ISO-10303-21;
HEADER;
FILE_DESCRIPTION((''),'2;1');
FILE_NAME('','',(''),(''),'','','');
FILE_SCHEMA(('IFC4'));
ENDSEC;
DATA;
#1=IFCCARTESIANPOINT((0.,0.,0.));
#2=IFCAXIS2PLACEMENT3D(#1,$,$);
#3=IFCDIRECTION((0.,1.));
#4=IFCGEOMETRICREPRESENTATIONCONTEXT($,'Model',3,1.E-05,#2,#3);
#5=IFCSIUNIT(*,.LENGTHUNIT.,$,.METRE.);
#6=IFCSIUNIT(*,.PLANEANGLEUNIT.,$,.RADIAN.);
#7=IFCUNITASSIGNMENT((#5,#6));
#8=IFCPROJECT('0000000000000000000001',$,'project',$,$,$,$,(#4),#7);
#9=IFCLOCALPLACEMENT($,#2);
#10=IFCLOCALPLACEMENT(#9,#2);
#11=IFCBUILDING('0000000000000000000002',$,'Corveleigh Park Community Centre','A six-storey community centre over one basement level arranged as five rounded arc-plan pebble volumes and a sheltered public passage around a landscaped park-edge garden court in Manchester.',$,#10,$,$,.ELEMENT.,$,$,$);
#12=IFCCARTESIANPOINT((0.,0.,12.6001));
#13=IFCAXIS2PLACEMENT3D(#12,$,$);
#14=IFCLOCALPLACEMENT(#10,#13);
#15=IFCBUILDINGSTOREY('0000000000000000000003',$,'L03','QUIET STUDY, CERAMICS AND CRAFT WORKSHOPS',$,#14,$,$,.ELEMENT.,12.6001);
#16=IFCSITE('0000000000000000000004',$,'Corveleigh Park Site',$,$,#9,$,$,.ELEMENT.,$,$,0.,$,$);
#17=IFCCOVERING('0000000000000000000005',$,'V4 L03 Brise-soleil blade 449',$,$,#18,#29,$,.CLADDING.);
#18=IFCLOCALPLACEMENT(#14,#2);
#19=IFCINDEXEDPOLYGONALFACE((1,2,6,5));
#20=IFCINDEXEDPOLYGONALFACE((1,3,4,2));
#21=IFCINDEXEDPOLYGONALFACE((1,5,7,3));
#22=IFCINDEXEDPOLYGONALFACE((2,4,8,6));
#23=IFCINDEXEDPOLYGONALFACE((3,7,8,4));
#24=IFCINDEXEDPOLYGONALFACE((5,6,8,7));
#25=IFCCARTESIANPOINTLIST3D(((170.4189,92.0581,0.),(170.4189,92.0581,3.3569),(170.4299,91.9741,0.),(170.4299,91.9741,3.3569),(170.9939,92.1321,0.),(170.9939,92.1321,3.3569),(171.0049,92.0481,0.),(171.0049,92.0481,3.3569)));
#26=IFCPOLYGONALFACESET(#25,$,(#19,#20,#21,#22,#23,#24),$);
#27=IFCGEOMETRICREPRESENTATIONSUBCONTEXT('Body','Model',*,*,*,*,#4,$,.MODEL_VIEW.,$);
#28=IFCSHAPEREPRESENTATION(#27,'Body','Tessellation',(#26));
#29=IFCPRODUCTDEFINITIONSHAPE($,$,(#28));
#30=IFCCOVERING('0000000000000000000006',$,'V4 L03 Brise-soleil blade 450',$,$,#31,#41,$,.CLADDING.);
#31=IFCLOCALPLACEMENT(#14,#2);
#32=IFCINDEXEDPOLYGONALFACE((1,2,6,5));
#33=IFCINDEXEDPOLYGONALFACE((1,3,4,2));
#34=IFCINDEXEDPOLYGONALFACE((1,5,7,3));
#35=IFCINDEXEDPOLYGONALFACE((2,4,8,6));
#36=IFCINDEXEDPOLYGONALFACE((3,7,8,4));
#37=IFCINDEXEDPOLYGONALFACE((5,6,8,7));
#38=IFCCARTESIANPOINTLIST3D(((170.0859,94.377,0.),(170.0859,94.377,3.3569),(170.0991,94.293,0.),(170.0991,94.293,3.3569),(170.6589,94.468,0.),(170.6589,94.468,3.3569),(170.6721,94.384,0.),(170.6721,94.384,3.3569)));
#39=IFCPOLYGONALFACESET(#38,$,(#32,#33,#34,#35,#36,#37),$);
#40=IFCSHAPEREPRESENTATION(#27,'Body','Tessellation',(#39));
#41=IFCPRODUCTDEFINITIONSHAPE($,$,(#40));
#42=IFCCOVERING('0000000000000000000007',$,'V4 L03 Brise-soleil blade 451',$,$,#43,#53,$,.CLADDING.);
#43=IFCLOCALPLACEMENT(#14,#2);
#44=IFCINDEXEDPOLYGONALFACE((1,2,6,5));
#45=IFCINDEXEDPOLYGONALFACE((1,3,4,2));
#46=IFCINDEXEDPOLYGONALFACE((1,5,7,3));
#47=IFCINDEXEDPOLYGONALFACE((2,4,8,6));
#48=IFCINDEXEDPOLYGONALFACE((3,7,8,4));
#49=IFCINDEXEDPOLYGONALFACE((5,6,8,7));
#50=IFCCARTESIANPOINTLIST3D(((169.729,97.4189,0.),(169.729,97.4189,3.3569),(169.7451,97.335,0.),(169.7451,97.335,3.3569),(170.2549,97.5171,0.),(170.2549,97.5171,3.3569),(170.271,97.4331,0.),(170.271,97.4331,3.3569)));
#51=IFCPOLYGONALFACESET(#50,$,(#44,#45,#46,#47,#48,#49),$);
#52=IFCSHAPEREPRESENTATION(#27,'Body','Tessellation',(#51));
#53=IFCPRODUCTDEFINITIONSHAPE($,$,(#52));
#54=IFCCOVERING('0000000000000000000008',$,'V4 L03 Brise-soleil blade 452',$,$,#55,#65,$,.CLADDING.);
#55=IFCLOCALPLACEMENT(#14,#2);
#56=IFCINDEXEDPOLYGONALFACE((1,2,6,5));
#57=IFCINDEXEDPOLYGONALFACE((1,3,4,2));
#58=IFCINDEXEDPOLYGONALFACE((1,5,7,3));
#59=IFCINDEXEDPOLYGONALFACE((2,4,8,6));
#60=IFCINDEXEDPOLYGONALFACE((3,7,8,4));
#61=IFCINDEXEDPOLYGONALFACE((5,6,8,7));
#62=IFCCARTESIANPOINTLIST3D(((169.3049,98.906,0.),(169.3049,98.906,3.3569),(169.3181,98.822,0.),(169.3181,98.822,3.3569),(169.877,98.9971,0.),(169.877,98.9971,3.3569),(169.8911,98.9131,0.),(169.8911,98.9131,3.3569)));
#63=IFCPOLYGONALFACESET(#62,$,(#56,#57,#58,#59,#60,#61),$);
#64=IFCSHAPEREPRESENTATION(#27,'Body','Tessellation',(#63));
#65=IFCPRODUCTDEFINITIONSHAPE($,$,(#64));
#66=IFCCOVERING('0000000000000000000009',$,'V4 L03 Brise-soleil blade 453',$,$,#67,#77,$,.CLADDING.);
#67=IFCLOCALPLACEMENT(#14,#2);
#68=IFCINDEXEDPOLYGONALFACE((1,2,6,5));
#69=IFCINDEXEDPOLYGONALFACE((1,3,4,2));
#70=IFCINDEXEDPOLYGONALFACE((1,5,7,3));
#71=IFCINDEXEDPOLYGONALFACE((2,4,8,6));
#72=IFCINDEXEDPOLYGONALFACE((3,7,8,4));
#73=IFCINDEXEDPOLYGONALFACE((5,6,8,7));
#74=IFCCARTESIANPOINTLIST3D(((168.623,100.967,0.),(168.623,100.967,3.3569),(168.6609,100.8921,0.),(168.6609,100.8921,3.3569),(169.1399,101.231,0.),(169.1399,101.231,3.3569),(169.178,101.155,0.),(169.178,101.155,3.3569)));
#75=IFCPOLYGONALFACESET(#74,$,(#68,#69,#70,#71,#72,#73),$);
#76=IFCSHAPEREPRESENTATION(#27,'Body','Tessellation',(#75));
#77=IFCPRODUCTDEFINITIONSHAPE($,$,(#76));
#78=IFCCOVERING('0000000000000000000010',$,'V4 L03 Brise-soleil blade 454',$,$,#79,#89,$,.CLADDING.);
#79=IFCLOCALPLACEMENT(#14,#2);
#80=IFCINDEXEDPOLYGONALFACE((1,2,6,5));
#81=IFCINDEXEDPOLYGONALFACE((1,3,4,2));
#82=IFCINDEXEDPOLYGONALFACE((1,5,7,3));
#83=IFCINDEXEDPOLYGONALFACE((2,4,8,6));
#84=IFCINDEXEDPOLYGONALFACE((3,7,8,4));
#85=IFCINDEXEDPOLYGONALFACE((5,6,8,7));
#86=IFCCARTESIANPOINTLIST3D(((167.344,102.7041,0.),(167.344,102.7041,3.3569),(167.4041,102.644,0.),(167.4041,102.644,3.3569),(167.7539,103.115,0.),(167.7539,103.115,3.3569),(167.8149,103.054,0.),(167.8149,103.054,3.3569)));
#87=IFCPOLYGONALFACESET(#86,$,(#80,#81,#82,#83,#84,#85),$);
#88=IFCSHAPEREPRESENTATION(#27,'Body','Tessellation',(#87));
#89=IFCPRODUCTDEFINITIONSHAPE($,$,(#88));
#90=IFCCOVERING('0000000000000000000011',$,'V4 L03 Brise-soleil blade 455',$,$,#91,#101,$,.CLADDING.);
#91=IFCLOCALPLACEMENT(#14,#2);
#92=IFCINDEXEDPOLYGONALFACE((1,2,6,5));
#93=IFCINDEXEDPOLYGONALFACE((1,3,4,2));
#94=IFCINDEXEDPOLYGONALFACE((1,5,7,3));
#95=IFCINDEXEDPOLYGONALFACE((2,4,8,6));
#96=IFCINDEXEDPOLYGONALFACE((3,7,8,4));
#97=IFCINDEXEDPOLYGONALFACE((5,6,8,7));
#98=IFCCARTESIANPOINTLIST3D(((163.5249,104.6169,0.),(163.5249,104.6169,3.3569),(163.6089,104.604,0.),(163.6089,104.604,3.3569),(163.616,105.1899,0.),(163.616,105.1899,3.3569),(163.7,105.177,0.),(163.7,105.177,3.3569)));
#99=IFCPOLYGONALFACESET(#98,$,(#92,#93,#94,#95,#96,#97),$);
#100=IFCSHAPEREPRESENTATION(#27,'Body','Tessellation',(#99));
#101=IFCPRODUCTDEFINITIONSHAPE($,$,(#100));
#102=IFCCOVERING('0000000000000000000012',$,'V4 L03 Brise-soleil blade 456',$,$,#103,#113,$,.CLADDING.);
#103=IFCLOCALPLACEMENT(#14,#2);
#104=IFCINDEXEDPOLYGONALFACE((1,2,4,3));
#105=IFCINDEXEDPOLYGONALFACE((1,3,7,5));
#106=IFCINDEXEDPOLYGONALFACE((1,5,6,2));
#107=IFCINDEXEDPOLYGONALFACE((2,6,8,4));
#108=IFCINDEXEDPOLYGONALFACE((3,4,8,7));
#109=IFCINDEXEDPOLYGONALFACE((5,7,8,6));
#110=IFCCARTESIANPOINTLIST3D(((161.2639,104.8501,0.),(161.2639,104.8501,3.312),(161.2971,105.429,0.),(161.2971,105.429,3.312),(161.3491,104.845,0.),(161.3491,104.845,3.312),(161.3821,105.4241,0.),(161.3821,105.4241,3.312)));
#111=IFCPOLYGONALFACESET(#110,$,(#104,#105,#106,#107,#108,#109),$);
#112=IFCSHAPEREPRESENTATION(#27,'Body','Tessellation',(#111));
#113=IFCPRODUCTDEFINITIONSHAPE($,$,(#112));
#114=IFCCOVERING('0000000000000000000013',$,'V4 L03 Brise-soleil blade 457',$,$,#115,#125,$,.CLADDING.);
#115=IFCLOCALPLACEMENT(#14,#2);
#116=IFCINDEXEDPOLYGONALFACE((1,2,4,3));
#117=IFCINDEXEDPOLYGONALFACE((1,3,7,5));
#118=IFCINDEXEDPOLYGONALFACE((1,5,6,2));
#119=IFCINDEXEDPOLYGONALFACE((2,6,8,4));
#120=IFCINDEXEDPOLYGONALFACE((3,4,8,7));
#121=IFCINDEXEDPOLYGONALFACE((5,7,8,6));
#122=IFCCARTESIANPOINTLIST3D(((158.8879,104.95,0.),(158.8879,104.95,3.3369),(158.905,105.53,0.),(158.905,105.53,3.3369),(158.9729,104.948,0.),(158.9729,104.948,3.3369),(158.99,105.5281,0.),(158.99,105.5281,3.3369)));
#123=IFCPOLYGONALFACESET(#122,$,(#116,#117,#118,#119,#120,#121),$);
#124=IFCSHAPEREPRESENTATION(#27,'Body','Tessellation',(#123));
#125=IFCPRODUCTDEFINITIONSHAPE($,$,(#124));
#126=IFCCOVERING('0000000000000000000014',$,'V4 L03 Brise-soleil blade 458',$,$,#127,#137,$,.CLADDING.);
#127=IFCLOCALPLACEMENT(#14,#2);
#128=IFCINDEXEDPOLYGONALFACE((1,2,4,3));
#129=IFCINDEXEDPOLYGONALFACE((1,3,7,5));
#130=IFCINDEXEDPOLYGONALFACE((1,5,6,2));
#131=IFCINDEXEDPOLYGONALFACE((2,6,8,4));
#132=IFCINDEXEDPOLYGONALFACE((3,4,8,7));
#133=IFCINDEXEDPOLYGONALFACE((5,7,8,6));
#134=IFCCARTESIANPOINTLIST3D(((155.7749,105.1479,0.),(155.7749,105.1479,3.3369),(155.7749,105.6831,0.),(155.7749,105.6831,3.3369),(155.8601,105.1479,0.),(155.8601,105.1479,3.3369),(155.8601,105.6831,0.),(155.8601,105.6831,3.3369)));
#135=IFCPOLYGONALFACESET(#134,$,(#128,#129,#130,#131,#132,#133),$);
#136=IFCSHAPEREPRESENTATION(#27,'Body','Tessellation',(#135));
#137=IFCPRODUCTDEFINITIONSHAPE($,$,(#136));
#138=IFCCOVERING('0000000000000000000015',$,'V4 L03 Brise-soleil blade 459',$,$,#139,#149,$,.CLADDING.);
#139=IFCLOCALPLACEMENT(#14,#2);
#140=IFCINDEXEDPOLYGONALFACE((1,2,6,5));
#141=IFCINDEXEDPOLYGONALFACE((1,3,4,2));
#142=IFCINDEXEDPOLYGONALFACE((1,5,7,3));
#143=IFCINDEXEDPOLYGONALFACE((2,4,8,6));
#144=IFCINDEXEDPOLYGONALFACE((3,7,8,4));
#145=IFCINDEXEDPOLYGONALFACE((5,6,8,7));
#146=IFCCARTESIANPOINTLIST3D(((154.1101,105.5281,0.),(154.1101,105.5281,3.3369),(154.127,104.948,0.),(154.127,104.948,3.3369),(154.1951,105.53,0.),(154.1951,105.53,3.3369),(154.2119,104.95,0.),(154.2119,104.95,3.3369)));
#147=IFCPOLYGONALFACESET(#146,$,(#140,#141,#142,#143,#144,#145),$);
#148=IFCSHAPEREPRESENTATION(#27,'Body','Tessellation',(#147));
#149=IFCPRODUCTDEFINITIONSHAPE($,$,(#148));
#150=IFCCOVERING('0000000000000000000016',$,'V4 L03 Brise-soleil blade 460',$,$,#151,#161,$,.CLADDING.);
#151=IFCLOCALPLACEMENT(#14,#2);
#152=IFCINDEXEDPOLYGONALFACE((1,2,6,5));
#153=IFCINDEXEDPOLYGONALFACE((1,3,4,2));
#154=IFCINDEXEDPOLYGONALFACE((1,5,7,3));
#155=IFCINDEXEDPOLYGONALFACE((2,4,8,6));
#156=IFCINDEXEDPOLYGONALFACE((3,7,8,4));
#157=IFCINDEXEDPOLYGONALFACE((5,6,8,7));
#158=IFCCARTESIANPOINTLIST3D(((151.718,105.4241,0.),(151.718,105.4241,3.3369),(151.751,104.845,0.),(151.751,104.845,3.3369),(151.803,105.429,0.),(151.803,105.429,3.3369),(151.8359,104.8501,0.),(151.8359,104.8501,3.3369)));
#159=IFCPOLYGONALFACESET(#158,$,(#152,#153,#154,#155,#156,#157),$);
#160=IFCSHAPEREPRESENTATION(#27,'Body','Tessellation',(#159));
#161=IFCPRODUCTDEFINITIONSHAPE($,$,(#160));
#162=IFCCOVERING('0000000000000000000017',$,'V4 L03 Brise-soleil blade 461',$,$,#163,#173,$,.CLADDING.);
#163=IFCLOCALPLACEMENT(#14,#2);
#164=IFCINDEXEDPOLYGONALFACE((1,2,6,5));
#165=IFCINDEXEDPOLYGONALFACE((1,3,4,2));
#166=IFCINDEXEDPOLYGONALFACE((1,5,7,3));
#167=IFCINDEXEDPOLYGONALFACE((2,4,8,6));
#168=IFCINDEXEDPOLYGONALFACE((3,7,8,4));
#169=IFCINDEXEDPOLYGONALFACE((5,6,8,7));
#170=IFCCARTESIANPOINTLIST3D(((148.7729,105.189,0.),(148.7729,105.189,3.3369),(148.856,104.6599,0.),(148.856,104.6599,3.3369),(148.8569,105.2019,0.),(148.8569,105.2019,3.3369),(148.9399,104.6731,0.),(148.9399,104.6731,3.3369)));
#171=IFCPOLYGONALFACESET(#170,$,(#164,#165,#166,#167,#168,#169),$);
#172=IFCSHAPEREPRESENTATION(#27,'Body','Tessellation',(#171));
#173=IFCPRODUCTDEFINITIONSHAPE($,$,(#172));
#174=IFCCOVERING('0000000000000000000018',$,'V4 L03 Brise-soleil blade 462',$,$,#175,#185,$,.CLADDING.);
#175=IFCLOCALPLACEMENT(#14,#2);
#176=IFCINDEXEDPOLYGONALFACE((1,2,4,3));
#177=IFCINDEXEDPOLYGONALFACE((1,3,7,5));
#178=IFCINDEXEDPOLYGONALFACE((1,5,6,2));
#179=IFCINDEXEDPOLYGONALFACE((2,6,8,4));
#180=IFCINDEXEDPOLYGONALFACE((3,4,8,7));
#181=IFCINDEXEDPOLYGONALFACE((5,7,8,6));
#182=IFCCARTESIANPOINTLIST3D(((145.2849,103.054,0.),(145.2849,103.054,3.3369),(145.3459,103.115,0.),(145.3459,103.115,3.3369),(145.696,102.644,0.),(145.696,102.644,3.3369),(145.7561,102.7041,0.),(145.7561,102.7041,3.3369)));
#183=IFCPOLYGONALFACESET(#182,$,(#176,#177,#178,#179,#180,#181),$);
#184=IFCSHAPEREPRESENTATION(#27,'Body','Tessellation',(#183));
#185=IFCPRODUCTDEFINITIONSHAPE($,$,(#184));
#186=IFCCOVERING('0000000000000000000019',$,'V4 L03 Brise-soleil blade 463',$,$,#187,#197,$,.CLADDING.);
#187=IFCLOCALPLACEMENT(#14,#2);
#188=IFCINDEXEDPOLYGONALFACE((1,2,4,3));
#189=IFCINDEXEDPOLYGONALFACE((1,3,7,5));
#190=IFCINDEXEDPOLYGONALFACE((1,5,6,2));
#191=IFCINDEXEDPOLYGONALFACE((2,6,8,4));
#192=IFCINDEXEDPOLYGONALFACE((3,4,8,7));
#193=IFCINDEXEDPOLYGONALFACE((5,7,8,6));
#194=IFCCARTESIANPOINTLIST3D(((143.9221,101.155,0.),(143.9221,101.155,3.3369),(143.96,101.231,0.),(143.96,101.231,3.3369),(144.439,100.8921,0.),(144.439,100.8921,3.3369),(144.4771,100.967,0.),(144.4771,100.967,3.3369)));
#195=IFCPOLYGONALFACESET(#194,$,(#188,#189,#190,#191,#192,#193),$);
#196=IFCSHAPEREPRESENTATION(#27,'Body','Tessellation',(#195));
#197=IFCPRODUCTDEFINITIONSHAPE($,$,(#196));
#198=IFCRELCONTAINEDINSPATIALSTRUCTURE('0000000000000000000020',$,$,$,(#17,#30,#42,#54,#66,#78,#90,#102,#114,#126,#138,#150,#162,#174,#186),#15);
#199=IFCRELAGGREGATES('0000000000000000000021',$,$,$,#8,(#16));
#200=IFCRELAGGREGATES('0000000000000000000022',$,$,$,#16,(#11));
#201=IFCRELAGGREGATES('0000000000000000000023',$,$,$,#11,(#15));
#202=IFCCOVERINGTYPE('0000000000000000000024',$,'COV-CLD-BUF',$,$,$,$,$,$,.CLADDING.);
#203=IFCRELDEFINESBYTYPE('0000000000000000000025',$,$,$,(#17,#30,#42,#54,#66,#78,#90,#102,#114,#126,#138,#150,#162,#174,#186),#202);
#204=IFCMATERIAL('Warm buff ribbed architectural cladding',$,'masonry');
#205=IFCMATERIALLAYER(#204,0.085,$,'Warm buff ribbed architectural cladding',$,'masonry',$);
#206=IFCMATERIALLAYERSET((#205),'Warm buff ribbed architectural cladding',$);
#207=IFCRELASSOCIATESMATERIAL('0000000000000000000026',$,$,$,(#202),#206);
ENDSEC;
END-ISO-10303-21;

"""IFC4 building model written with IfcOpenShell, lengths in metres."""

from ifc_helpers import new_model, si_unit, direction, frame, origin, place, context, subcontext, project, spatial, polyline, outline, extrude, material, layer, layer_set, type_object, element, save


model = new_model("IFC4")

# Units and contexts
model_context = context("Model", 3, precision=1e-05, world=origin(), true_north=direction((0.0, 1.0)))
body_context = subcontext(model_context, "Body", "Model", "MODEL_VIEW")
ifc_project = project(units=[si_unit("LENGTHUNIT", "METRE"), si_unit("PLANEANGLEUNIT", "RADIAN")], contexts=[model_context])

# Site, building, storey
site_placement = place(None, origin())
site = spatial("IfcSite", under=ifc_project, at=site_placement, Name="Corveleigh Park Site", CompositionType="ELEMENT", RefElevation=0.0)
building_placement = place(site_placement, origin())
building = spatial("IfcBuilding", under=site, at=building_placement, Name="Corveleigh Park Community Centre", Description="A six-storey community centre over one basement level arranged as five rounded arc-plan pebble volumes and a sheltered public passage around a landscaped park-edge garden court in Manchester.", CompositionType="ELEMENT")
storey_placement = place(building_placement, frame((0.0, 0.0, 12.6001)))
storey = spatial("IfcBuildingStorey", under=building, at=storey_placement, Name="L03", Description="QUIET STUDY, CERAMICS AND CRAFT WORKSHOPS", CompositionType="ELEMENT", Elevation=12.6001)

# Coverings
ifc_material = material(Name="Warm buff ribbed architectural cladding", Category="masonry")
ifc_layer = layer(ifc_material, 0.085, Name="Warm buff ribbed architectural cladding", Category="masonry")
ifc_layer_set = layer_set([ifc_layer], Name="Warm buff ribbed architectural cladding")
covering_type = type_object("IfcCoveringType", Name="COV-CLD-BUF", PredefinedType="CLADDING", material=ifc_layer_set)
covering_1_placement = place(storey_placement, origin())
element("IfcCovering", 1, at=covering_1_placement, inside=storey, type_object=covering_type, Name="V4 L03 Brise-soleil blade 449", PredefinedType="CLADDING", context=body_context, shape_type="SweptSolid", body=[
    extrude(outline(polyline([(170.4189, 92.0581), (170.4299, 91.9741), (171.0049, 92.0481), (170.9939, 92.1321), (170.4189, 92.0581)])), origin(), (0.0, 0.0, 1.0), 3.3569),
])
covering_2_placement = place(storey_placement, origin())
element("IfcCovering", 2, at=covering_2_placement, inside=storey, type_object=covering_type, Name="V4 L03 Brise-soleil blade 450", PredefinedType="CLADDING", context=body_context, shape_type="SweptSolid", body=[
    extrude(outline(polyline([(170.0859, 94.377), (170.0991, 94.293), (170.6721, 94.384), (170.6589, 94.468), (170.0859, 94.377)])), origin(), (0.0, 0.0, 1.0), 3.3569),
])
covering_3_placement = place(storey_placement, origin())
element("IfcCovering", 3, at=covering_3_placement, inside=storey, type_object=covering_type, Name="V4 L03 Brise-soleil blade 451", PredefinedType="CLADDING", context=body_context, shape_type="SweptSolid", body=[
    extrude(outline(polyline([(169.729, 97.4189), (169.7451, 97.335), (170.271, 97.4331), (170.2549, 97.5171), (169.729, 97.4189)])), origin(), (0.0, 0.0, 1.0), 3.3569),
])
covering_4_placement = place(storey_placement, origin())
element("IfcCovering", 4, at=covering_4_placement, inside=storey, type_object=covering_type, Name="V4 L03 Brise-soleil blade 452", PredefinedType="CLADDING", context=body_context, shape_type="SweptSolid", body=[
    extrude(outline(polyline([(169.3049, 98.906), (169.3181, 98.822), (169.8911, 98.9131), (169.877, 98.9971), (169.3049, 98.906)])), origin(), (0.0, 0.0, 1.0), 3.3569),
])
covering_5_placement = place(storey_placement, origin())
element("IfcCovering", 5, at=covering_5_placement, inside=storey, type_object=covering_type, Name="V4 L03 Brise-soleil blade 453", PredefinedType="CLADDING", context=body_context, shape_type="SweptSolid", body=[
    extrude(outline(polyline([(168.623, 100.967), (168.6609, 100.8921), (169.178, 101.155), (169.1399, 101.231), (168.623, 100.967)])), origin(), (0.0, 0.0, 1.0), 3.3569),
])
covering_6_placement = place(storey_placement, origin())
element("IfcCovering", 6, at=covering_6_placement, inside=storey, type_object=covering_type, Name="V4 L03 Brise-soleil blade 454", PredefinedType="CLADDING", context=body_context, shape_type="SweptSolid", body=[
    extrude(outline(polyline([(167.344, 102.7041), (167.4041, 102.644), (167.8149, 103.054), (167.7539, 103.115), (167.344, 102.7041)])), origin(), (0.0, 0.0, 1.0), 3.3569),
])
covering_7_placement = place(storey_placement, origin())
element("IfcCovering", 7, at=covering_7_placement, inside=storey, type_object=covering_type, Name="V4 L03 Brise-soleil blade 455", PredefinedType="CLADDING", context=body_context, shape_type="SweptSolid", body=[
    extrude(outline(polyline([(163.5249, 104.6169), (163.6089, 104.604), (163.7, 105.177), (163.616, 105.1899), (163.5249, 104.6169)])), origin(), (0.0, 0.0, 1.0), 3.3569),
])
covering_8_placement = place(storey_placement, origin())
element("IfcCovering", 8, at=covering_8_placement, inside=storey, type_object=covering_type, Name="V4 L03 Brise-soleil blade 456", PredefinedType="CLADDING", context=body_context, shape_type="SweptSolid", body=[
    extrude(outline(polyline([(161.2639, 104.8501), (161.3491, 104.845), (161.3821, 105.4241), (161.2971, 105.429), (161.2639, 104.8501)])), origin(), (0.0, 0.0, 1.0), 3.312),
])
covering_9_placement = place(storey_placement, origin())
element("IfcCovering", 9, at=covering_9_placement, inside=storey, type_object=covering_type, Name="V4 L03 Brise-soleil blade 457", PredefinedType="CLADDING", context=body_context, shape_type="SweptSolid", body=[
    extrude(outline(polyline([(158.8879, 104.95), (158.9729, 104.948), (158.99, 105.5281), (158.905, 105.53), (158.8879, 104.95)])), origin(), (0.0, 0.0, 1.0), 3.3369),
])
covering_10_placement = place(storey_placement, origin())
element("IfcCovering", 10, at=covering_10_placement, inside=storey, type_object=covering_type, Name="V4 L03 Brise-soleil blade 458", PredefinedType="CLADDING", context=body_context, shape_type="SweptSolid", body=[
    extrude(outline(polyline([(155.7749, 105.1479), (155.8601, 105.1479), (155.8601, 105.6831), (155.7749, 105.6831), (155.7749, 105.1479)])), origin(), (0.0, 0.0, 1.0), 3.3369),
])
covering_11_placement = place(storey_placement, origin())
element("IfcCovering", 11, at=covering_11_placement, inside=storey, type_object=covering_type, Name="V4 L03 Brise-soleil blade 459", PredefinedType="CLADDING", context=body_context, shape_type="SweptSolid", body=[
    extrude(outline(polyline([(154.127, 104.948), (154.2119, 104.95), (154.1951, 105.53), (154.1101, 105.5281), (154.127, 104.948)])), origin(), (0.0, 0.0, 1.0), 3.3369),
])
covering_12_placement = place(storey_placement, origin())
element("IfcCovering", 12, at=covering_12_placement, inside=storey, type_object=covering_type, Name="V4 L03 Brise-soleil blade 460", PredefinedType="CLADDING", context=body_context, shape_type="SweptSolid", body=[
    extrude(outline(polyline([(151.751, 104.845), (151.8359, 104.8501), (151.803, 105.429), (151.718, 105.4241), (151.751, 104.845)])), origin(), (0.0, 0.0, 1.0), 3.3369),
])
covering_13_placement = place(storey_placement, origin())
element("IfcCovering", 13, at=covering_13_placement, inside=storey, type_object=covering_type, Name="V4 L03 Brise-soleil blade 461", PredefinedType="CLADDING", context=body_context, shape_type="SweptSolid", body=[
    extrude(outline(polyline([(148.856, 104.6599), (148.9399, 104.6731), (148.8569, 105.2019), (148.7729, 105.189), (148.856, 104.6599)])), origin(), (0.0, 0.0, 1.0), 3.3369),
])
covering_14_placement = place(storey_placement, origin())
element("IfcCovering", 14, at=covering_14_placement, inside=storey, type_object=covering_type, Name="V4 L03 Brise-soleil blade 462", PredefinedType="CLADDING", context=body_context, shape_type="SweptSolid", body=[
    extrude(outline(polyline([(145.696, 102.644), (145.7561, 102.7041), (145.3459, 103.115), (145.2849, 103.054), (145.696, 102.644)])), origin(), (0.0, 0.0, 1.0), 3.3369),
])
covering_15_placement = place(storey_placement, origin())
element("IfcCovering", 15, at=covering_15_placement, inside=storey, type_object=covering_type, Name="V4 L03 Brise-soleil blade 463", PredefinedType="CLADDING", context=body_context, shape_type="SweptSolid", body=[
    extrude(outline(polyline([(144.439, 100.8921), (144.4771, 100.967), (143.96, 101.231), (143.9221, 101.155), (144.439, 100.8921)])), origin(), (0.0, 0.0, 1.0), 3.3369),
])

save(model, "model.ifc")
